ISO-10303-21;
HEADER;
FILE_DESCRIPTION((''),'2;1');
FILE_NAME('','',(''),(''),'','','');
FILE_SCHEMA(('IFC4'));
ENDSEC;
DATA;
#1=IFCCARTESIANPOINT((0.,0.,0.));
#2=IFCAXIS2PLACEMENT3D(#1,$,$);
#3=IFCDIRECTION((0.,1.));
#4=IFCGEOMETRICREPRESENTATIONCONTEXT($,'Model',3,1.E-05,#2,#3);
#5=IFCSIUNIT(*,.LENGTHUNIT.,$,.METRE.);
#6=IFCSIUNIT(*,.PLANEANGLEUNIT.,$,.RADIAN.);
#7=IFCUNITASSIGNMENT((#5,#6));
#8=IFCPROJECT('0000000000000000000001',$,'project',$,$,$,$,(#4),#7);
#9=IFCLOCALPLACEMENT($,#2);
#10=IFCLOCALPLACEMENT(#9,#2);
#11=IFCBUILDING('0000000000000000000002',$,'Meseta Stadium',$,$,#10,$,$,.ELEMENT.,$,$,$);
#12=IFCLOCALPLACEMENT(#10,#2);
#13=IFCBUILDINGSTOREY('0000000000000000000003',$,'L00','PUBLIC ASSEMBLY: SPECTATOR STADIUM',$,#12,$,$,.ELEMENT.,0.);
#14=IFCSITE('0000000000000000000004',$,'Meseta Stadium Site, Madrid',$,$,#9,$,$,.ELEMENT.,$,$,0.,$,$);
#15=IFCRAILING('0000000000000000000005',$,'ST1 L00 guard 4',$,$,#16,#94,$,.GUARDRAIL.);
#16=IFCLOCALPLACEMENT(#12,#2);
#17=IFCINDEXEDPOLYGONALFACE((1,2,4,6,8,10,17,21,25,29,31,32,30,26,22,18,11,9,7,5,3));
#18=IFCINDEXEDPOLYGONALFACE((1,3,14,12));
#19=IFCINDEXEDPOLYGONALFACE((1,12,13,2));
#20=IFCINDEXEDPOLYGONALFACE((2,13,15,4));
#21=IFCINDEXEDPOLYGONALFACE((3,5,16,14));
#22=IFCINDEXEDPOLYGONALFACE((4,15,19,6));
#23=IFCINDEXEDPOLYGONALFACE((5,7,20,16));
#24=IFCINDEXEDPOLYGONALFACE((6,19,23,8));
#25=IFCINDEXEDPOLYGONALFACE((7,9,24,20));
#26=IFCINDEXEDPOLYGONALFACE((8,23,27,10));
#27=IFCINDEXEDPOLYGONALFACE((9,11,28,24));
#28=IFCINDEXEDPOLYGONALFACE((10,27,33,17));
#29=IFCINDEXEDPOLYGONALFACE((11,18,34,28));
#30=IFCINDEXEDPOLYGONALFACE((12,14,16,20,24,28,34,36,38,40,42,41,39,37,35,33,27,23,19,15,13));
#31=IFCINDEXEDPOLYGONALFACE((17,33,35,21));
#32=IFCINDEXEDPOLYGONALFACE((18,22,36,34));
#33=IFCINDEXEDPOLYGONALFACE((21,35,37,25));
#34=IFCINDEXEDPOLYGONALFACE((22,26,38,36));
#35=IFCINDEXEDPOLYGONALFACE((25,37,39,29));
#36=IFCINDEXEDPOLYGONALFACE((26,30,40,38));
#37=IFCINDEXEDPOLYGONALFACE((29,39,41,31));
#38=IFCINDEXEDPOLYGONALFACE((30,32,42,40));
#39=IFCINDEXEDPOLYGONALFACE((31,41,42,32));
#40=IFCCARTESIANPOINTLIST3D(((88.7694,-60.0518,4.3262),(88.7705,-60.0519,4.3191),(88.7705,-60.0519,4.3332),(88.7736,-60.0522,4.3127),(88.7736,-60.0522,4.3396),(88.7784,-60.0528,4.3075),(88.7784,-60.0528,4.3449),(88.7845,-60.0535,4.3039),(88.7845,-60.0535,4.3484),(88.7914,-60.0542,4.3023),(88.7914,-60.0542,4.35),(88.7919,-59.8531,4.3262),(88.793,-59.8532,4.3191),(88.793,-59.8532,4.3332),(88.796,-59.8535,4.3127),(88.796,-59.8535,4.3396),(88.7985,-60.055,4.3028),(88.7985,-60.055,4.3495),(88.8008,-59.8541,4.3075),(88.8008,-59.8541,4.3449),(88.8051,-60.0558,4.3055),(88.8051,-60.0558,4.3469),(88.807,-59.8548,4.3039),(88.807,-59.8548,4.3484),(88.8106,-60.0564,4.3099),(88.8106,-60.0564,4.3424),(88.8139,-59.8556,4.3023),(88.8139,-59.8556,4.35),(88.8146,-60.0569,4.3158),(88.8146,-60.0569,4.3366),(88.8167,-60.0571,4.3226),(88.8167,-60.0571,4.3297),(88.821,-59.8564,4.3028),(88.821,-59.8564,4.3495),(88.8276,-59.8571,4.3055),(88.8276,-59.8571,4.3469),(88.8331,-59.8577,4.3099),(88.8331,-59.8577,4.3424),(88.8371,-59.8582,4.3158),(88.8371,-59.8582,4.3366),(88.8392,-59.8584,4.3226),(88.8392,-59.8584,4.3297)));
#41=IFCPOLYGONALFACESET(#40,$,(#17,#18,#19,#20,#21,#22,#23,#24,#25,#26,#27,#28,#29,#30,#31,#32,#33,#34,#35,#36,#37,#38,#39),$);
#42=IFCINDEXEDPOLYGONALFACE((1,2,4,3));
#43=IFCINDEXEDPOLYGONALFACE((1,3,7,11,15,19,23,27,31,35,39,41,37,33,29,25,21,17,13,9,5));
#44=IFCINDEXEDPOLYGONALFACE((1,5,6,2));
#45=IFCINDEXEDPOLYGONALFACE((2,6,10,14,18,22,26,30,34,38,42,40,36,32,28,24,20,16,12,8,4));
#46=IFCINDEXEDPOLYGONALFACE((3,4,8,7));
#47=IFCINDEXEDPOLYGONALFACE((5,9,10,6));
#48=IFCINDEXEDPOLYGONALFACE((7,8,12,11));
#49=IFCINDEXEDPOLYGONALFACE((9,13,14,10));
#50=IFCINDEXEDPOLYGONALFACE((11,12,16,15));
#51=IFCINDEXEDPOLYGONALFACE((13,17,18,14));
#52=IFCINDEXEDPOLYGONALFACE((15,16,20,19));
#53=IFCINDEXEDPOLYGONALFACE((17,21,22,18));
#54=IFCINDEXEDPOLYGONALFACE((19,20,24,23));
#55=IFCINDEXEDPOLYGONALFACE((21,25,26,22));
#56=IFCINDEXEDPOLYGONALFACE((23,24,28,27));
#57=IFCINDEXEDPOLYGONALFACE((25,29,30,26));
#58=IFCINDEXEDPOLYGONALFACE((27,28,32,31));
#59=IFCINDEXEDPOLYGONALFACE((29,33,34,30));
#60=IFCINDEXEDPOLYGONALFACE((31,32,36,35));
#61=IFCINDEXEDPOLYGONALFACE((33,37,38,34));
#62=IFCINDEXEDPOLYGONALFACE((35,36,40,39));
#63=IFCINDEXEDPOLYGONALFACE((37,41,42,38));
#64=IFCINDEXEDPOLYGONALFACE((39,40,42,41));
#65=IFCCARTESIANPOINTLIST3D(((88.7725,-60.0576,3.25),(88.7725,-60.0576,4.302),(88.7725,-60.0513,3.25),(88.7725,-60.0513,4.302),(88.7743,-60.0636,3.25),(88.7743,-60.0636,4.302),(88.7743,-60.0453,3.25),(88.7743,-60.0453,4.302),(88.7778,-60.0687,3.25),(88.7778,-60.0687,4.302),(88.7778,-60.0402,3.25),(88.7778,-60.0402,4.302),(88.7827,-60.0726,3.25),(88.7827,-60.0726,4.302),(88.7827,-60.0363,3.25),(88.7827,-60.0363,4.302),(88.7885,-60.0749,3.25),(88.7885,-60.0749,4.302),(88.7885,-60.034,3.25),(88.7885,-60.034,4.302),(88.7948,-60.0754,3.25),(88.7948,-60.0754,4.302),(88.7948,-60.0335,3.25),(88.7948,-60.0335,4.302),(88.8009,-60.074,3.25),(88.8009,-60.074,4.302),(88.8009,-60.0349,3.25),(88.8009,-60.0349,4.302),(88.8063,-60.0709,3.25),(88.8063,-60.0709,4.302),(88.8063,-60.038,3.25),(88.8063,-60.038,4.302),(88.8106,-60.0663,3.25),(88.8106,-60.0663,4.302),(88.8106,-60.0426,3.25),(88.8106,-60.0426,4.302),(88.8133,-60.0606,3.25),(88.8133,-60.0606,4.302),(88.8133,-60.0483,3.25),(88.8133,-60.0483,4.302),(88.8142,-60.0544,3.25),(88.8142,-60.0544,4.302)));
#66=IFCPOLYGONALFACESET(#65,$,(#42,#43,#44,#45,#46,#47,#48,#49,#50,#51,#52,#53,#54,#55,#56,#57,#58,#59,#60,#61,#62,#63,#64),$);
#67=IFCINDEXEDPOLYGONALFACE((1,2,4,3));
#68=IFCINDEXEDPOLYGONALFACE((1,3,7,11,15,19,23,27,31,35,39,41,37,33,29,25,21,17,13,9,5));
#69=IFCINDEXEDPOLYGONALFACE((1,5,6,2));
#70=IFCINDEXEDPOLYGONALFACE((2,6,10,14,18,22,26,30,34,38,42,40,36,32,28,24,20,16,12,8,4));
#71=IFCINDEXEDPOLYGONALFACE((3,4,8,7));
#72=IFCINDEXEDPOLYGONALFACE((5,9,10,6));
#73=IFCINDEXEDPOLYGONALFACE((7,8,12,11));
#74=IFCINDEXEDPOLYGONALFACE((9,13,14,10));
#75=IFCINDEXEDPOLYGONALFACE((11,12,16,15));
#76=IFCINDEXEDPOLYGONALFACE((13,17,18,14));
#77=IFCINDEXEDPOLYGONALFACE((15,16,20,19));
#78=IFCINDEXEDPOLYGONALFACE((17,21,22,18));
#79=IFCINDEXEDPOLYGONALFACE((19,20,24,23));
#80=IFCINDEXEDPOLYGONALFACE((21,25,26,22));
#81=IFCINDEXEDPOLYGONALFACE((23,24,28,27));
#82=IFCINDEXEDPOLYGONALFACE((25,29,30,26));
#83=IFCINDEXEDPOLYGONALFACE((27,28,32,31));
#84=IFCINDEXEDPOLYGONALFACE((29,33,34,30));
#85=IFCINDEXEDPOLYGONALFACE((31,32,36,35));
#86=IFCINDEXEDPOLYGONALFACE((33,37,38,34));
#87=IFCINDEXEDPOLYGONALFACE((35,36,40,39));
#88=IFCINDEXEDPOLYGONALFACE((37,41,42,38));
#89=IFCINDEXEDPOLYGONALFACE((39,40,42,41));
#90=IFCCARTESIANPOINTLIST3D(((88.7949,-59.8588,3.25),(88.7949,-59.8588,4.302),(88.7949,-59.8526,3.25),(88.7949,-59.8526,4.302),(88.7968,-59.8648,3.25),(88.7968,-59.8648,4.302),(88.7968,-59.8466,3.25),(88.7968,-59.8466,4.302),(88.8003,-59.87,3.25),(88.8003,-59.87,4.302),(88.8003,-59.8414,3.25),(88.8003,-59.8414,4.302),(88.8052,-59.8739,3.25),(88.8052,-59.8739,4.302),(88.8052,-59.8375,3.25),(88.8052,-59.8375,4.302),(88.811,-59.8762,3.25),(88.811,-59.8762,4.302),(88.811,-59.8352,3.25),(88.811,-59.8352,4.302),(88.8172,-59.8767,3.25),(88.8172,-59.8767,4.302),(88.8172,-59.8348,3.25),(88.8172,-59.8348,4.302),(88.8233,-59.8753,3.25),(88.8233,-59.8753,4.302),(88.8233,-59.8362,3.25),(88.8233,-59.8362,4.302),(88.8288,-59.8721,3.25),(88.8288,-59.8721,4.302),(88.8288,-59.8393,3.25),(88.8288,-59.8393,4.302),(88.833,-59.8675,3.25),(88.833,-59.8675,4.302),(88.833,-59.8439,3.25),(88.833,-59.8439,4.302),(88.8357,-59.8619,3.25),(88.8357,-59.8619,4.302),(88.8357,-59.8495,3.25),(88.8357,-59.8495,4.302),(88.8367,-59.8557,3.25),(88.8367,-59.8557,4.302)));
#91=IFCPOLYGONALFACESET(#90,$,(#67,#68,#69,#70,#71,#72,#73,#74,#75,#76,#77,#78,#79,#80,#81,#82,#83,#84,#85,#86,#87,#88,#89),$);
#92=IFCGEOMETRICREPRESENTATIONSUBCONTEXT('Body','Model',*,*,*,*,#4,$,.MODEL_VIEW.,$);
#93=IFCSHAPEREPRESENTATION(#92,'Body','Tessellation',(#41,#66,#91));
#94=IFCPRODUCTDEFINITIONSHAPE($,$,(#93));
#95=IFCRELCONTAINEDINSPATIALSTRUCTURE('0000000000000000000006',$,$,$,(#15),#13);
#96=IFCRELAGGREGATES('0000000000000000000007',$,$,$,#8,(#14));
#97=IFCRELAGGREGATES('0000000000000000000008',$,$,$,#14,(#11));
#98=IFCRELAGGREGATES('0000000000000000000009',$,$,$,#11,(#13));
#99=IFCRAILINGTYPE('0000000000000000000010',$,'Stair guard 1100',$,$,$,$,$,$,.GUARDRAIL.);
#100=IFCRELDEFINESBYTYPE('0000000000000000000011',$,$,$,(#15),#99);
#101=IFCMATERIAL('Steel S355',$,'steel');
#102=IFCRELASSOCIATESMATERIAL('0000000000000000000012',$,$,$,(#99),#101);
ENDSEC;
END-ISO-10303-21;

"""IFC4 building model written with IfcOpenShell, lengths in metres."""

from ifc_helpers import new_model, si_unit, direction, frame, origin, origin_2d, place, context, subcontext, project, spatial, circle, extrude, material, type_object, element, save


model = new_model("IFC4")

# Units and contexts
model_context = context("Model", 3, precision=1e-05, world=origin(), true_north=direction((0.0, 1.0)))
body_context = subcontext(model_context, "Body", "Model", "MODEL_VIEW")
ifc_project = project(units=[si_unit("LENGTHUNIT", "METRE"), si_unit("PLANEANGLEUNIT", "RADIAN")], contexts=[model_context])

# Site, building, storey
site_placement = place(None, origin())
site = spatial("IfcSite", under=ifc_project, at=site_placement, Name="Meseta Stadium Site, Madrid", CompositionType="ELEMENT", RefElevation=0.0)
building_placement = place(site_placement, origin())
building = spatial("IfcBuilding", under=site, at=building_placement, Name="Meseta Stadium", CompositionType="ELEMENT")
storey_placement = place(building_placement, origin())
storey = spatial("IfcBuildingStorey", under=building, at=storey_placement, Name="L00", Description="PUBLIC ASSEMBLY: SPECTATOR STADIUM", CompositionType="ELEMENT", Elevation=0.0)

# Railing
ifc_material_1 = material(Name="Steel S355", Category="steel")
railing_type_1 = type_object("IfcRailingType", Name="Stair guard 1100", PredefinedType="GUARDRAIL", material=ifc_material_1)
railing_1_placement = place(storey_placement, frame((88.7932, -60.0544, 3.25)))
element("IfcRailing", 1, at=railing_1_placement, inside=storey, type_object=railing_type_1, Name="ST1 L00 guard 4", PredefinedType="GUARDRAIL", context=body_context, shape_type="SweptSolid", body=[
    extrude(circle(Radius=0.0239, at=origin_2d()), frame((0.0, 0.0, 1.0762), z_axis=(0.112307, 0.993674, 0.0), x_axis=(-0.993674, 0.112307, 0.0)), (0.0, 0.0, 1.0), 0.2),
    extrude(circle(Radius=0.021, at=origin_2d()), origin(), (0.0, 0.0, 1.0), 1.052),
    extrude(circle(Radius=0.021, at=origin_2d()), frame((0.0225, 0.1987, 0.0)), (0.0, 0.0, 1.0), 1.052),
])

save(model, "model.ifc")
